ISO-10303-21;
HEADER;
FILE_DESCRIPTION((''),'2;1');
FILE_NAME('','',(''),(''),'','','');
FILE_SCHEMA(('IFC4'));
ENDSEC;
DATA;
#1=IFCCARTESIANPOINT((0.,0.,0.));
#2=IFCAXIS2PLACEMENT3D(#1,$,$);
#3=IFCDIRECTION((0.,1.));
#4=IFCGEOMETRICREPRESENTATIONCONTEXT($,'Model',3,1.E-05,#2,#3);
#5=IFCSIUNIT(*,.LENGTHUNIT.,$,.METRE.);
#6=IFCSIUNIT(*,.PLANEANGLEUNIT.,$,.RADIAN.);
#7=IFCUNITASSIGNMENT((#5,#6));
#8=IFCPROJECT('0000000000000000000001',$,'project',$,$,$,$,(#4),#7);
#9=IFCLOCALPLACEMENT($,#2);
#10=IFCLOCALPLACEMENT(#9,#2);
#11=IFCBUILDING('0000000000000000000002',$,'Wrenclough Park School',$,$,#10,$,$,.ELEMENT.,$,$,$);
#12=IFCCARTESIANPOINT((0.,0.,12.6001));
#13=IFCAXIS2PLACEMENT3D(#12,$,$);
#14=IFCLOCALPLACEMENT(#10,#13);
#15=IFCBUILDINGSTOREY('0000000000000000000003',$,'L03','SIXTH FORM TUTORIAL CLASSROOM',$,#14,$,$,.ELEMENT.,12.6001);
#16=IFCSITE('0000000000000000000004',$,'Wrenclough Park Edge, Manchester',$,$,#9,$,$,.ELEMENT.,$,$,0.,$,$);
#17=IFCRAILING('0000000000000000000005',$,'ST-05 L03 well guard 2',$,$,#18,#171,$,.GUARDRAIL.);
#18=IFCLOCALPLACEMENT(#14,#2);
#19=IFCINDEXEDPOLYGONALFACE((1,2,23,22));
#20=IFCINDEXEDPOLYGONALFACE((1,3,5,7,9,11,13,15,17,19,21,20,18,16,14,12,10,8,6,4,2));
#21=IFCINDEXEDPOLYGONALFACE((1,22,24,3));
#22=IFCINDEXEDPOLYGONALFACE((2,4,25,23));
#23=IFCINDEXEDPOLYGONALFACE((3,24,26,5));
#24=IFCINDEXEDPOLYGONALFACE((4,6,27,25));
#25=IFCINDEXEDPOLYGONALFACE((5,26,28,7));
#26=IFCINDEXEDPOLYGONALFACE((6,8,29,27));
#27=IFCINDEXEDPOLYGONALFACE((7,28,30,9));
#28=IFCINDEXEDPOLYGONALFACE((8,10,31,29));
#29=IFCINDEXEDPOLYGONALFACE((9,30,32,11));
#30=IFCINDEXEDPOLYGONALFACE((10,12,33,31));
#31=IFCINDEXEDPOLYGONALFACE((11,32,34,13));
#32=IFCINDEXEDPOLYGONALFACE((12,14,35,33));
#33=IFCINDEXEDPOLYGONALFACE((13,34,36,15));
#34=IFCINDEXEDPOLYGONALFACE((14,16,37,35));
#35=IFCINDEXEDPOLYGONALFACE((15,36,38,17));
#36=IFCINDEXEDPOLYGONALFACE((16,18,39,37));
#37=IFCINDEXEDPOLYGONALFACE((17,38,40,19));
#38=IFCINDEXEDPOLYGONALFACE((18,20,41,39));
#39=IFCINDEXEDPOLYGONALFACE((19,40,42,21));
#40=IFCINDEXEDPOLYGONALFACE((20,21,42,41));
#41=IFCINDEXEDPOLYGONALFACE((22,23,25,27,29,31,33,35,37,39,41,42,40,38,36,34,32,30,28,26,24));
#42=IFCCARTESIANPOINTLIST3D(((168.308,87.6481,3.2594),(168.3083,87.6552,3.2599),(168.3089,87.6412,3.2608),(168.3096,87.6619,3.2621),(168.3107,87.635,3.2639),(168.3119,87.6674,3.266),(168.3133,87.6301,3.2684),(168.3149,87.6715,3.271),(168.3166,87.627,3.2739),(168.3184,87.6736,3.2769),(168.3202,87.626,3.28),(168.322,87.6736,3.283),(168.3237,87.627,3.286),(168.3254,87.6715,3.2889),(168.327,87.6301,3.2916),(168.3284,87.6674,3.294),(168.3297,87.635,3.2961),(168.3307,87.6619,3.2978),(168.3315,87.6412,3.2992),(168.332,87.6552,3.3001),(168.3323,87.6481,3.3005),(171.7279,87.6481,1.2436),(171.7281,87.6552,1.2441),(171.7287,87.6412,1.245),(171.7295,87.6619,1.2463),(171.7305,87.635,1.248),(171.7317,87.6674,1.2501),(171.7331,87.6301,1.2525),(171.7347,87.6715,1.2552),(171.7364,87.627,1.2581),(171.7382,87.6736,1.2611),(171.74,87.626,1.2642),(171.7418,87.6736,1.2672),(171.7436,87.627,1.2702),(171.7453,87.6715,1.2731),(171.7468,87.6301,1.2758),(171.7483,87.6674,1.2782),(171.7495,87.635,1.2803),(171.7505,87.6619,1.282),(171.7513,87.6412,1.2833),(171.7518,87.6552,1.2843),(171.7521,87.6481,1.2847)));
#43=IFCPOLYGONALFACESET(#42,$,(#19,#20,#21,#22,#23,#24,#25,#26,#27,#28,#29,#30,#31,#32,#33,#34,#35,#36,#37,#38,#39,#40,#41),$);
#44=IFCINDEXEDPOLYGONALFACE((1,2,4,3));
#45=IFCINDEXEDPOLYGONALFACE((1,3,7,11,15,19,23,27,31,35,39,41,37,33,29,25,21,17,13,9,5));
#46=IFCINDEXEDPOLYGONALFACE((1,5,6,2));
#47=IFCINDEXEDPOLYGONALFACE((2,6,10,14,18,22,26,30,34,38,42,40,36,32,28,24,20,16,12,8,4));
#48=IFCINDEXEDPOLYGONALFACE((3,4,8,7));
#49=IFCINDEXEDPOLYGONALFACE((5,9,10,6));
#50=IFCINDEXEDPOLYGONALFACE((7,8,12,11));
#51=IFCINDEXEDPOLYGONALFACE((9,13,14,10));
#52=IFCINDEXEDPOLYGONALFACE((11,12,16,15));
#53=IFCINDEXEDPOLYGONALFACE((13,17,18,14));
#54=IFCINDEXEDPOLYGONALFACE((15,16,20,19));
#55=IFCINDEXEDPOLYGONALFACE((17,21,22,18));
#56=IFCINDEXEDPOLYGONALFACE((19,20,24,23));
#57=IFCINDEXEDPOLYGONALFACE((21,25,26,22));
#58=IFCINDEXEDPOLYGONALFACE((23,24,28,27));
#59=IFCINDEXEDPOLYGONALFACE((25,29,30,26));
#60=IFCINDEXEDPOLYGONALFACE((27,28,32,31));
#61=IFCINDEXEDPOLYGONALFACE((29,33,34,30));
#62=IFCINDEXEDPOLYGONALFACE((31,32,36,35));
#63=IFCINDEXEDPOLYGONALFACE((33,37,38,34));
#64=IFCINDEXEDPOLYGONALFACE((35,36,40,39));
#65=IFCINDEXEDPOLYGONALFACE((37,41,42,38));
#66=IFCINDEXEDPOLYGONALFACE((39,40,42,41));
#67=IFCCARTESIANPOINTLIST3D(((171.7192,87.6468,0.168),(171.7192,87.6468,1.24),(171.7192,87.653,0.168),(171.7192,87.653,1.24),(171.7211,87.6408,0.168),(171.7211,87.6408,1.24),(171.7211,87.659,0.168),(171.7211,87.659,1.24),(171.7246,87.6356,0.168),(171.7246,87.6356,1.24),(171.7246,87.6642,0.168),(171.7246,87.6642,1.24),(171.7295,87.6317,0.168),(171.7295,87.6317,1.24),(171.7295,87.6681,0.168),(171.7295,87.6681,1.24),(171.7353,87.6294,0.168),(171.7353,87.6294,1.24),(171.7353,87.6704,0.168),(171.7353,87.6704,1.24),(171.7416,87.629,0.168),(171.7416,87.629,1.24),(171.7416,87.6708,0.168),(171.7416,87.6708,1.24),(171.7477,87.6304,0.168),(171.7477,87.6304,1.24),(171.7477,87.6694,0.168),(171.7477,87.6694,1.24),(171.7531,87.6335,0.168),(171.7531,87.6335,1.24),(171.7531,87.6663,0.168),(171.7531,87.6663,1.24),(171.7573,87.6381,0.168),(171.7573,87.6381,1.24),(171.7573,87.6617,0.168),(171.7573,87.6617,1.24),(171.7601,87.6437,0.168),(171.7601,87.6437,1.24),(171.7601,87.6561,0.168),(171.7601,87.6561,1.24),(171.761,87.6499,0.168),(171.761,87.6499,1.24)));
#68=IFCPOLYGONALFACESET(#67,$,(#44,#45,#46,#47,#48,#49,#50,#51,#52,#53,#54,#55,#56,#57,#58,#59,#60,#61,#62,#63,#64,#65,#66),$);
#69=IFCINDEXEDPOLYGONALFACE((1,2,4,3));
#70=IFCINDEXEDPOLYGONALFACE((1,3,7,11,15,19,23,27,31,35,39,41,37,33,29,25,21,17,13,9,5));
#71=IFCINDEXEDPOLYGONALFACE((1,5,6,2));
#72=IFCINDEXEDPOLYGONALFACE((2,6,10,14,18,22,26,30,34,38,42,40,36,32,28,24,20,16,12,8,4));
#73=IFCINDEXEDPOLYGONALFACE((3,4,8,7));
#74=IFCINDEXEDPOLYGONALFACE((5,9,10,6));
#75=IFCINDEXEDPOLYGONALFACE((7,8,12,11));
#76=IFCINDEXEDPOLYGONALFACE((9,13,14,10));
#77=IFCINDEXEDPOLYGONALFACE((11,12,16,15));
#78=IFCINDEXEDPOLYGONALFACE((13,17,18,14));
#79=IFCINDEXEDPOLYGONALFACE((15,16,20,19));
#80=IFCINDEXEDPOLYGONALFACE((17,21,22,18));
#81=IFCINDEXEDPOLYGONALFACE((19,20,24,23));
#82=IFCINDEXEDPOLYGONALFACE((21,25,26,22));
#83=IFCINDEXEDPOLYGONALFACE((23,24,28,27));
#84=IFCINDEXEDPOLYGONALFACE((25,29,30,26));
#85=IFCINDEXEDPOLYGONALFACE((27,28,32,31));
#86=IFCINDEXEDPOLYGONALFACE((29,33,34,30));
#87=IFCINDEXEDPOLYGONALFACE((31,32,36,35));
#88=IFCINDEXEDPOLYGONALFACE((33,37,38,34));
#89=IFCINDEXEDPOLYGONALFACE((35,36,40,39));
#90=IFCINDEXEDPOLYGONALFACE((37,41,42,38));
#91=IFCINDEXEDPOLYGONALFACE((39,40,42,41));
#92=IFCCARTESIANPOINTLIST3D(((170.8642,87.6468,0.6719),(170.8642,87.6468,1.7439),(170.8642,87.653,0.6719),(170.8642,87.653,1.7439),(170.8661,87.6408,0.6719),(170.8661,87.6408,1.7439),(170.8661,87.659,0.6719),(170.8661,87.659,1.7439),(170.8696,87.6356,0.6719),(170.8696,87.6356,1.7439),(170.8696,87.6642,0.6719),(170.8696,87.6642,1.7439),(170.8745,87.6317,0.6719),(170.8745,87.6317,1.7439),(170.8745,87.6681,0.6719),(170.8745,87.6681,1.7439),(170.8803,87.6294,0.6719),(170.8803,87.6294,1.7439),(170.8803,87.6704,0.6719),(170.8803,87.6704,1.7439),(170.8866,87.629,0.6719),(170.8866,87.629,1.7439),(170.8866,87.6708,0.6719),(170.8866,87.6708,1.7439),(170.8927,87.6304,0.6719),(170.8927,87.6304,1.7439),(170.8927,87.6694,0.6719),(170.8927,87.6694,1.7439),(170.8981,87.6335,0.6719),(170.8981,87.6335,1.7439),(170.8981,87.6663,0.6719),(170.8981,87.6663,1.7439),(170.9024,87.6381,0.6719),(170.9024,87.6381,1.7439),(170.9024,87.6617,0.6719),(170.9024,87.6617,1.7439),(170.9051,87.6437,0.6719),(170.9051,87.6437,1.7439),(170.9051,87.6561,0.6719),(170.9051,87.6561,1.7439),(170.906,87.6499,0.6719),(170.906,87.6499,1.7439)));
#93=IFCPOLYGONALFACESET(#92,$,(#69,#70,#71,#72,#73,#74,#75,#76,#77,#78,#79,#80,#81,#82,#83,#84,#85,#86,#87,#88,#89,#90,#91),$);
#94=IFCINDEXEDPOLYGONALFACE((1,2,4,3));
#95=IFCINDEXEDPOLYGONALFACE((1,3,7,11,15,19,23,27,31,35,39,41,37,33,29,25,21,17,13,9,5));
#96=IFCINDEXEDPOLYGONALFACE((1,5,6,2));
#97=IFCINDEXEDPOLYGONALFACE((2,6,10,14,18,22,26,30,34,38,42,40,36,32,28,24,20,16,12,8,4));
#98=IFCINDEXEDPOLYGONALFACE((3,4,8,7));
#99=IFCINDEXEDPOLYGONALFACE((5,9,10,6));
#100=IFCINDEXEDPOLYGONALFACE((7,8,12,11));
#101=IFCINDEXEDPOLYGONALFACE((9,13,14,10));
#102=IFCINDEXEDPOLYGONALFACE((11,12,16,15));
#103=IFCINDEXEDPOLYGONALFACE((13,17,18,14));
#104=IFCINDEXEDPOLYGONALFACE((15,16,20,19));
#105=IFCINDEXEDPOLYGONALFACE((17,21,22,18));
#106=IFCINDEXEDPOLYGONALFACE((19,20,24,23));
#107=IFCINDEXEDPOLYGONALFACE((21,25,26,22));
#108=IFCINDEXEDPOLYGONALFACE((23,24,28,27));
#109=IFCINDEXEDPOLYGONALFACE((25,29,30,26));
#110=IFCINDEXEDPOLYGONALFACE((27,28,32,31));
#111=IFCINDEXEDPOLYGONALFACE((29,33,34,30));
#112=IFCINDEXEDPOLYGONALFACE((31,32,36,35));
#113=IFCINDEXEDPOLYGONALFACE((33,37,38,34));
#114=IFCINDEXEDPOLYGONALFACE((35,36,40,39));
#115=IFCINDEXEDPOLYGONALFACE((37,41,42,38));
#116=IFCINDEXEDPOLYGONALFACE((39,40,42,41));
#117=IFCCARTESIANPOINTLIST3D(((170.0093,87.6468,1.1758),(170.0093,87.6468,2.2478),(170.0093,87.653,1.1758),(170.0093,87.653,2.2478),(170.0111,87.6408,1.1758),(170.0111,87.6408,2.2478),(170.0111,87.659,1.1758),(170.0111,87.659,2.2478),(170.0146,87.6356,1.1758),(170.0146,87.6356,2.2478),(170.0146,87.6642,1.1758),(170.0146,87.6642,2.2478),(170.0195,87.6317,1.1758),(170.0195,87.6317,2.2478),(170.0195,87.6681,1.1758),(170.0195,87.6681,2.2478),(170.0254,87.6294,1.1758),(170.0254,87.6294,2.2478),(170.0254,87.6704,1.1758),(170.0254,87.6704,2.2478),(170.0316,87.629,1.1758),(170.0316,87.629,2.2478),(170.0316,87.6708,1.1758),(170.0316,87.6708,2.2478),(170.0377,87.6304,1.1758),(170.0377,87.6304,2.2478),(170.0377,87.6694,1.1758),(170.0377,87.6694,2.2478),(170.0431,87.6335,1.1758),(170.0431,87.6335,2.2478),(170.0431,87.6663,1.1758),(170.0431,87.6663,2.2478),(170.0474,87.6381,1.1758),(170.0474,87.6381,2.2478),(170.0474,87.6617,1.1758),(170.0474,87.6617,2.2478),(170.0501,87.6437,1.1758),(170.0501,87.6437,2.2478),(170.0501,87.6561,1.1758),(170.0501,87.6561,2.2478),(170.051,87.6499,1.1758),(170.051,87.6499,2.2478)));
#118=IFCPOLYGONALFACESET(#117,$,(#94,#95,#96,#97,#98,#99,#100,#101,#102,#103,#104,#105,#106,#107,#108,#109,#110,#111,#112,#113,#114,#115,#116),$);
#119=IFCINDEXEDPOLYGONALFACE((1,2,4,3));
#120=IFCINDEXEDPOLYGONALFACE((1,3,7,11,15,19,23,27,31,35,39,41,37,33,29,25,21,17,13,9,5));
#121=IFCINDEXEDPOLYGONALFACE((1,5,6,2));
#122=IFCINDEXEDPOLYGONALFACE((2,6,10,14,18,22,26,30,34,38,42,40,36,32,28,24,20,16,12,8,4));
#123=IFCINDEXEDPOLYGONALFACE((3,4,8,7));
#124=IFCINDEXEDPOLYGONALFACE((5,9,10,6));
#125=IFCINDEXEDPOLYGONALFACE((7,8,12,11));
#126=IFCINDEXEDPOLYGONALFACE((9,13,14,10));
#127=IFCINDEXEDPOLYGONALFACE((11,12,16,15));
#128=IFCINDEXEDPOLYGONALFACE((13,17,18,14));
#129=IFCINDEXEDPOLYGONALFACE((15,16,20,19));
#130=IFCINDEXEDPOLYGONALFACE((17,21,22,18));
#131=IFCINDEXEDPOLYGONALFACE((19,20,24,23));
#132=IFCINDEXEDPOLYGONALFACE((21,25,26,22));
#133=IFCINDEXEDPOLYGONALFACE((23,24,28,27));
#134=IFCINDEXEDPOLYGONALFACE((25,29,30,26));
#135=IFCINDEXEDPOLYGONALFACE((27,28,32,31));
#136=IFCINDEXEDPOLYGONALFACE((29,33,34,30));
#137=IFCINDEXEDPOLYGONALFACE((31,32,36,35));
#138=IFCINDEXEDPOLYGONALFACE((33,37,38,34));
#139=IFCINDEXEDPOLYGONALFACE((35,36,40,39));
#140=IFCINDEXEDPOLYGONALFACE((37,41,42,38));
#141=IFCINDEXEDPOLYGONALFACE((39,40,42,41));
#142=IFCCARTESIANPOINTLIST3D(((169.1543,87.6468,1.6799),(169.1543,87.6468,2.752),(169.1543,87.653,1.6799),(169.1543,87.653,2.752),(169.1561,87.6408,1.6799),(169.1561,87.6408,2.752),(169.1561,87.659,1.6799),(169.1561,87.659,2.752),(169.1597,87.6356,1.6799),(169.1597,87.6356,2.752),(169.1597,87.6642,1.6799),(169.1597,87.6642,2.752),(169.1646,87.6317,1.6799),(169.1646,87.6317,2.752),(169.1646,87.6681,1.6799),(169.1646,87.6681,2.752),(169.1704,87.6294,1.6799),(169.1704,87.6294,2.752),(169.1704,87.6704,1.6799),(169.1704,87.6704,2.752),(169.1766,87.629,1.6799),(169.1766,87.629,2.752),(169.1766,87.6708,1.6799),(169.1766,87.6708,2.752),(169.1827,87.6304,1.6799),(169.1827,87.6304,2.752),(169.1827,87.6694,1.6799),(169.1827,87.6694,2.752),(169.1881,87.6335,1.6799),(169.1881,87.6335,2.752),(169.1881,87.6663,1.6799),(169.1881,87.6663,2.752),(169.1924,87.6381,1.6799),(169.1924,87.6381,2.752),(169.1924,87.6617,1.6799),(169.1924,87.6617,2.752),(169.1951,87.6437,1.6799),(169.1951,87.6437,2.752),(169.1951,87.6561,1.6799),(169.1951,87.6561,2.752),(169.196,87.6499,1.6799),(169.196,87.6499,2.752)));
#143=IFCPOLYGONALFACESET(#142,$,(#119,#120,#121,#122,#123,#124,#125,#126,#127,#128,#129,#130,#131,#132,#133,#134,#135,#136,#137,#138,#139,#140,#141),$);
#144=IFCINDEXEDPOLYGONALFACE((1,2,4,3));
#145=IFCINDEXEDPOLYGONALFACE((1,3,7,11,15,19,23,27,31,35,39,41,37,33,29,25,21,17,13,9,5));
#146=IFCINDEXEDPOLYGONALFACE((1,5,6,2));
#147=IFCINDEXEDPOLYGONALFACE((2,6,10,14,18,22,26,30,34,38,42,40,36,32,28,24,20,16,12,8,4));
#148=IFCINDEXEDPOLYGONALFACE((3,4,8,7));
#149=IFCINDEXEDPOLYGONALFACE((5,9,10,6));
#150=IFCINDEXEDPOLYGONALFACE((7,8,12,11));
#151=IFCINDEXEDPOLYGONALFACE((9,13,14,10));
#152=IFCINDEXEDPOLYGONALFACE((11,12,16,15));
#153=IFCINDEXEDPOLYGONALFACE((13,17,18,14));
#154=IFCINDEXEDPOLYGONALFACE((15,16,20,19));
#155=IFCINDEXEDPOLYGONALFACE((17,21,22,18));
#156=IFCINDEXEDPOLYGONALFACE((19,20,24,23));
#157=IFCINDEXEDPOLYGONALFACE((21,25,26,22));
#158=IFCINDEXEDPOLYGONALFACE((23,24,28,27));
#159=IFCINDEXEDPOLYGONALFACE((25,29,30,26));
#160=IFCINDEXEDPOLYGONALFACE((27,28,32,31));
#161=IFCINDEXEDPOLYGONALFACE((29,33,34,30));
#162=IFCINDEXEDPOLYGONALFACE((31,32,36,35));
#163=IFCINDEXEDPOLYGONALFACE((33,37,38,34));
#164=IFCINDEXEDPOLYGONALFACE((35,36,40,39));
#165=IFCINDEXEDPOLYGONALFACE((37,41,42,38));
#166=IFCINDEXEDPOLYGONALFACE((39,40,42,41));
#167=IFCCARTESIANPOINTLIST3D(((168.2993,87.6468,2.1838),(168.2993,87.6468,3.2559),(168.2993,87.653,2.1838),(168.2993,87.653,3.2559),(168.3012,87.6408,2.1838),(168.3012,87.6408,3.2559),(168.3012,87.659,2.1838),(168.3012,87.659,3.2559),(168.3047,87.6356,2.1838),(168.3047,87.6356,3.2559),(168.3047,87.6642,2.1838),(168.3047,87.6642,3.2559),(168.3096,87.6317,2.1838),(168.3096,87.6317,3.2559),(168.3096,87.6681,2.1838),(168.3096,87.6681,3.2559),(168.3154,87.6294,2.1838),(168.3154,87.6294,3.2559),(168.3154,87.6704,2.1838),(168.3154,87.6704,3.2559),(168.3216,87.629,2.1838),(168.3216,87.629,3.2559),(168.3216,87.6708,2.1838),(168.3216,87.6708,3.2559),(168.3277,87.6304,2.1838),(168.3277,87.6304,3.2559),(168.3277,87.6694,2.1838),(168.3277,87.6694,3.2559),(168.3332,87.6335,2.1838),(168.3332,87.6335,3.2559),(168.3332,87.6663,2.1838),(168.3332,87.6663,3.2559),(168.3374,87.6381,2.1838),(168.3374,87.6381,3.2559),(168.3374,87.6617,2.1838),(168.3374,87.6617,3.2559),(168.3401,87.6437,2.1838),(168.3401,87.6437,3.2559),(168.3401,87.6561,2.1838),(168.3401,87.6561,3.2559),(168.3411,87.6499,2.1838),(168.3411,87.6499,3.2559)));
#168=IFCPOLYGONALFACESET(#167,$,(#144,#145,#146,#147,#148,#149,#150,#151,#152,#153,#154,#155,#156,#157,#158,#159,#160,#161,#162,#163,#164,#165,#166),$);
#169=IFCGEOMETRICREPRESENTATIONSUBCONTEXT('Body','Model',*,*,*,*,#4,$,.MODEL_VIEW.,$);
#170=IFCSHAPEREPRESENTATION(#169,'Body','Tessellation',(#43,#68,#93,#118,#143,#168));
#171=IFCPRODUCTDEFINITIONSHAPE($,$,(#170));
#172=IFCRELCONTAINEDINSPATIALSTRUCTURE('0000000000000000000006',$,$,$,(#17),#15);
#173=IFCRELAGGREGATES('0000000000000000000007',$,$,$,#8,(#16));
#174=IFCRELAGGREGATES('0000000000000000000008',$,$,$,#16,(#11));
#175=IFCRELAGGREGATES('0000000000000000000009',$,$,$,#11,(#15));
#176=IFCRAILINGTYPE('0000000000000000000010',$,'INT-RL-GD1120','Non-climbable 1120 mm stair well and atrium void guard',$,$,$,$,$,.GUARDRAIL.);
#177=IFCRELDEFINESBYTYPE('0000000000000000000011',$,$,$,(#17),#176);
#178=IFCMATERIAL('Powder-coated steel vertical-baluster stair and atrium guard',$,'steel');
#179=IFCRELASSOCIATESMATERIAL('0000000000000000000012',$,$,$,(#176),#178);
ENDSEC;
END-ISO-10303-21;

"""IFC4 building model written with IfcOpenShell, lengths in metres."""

from ifc_helpers import new_model, si_unit, direction, frame, origin, origin_2d, place, context, subcontext, project, spatial, circle, extrude, material, type_object, element, save


model = new_model("IFC4")

# Units and contexts
model_context = context("Model", 3, precision=1e-05, world=origin(), true_north=direction((0.0, 1.0)))
body_context = subcontext(model_context, "Body", "Model", "MODEL_VIEW")
ifc_project = project(units=[si_unit("LENGTHUNIT", "METRE"), si_unit("PLANEANGLEUNIT", "RADIAN")], contexts=[model_context])

# Site, building, storey
site_placement = place(None, origin())
site = spatial("IfcSite", under=ifc_project, at=site_placement, Name="Wrenclough Park Edge, Manchester", CompositionType="ELEMENT", RefElevation=0.0)
building_placement = place(site_placement, origin())
building = spatial("IfcBuilding", under=site, at=building_placement, Name="Wrenclough Park School", CompositionType="ELEMENT")
storey_placement = place(building_placement, frame((0.0, 0.0, 12.6001)))
storey = spatial("IfcBuildingStorey", under=building, at=storey_placement, Name="L03", Description="SIXTH FORM TUTORIAL CLASSROOM", CompositionType="ELEMENT", Elevation=12.6001)

# Railing
ifc_material_1 = material(Name="Powder-coated steel vertical-baluster stair and atrium guard", Category="steel")
railing_type_1 = type_object("IfcRailingType", Name="INT-RL-GD1120", Description="Non-climbable 1120 mm stair well and atrium void guard", PredefinedType="GUARDRAIL", material=ifc_material_1)
railing_1_placement = place(storey_placement, frame((171.74, 87.6499, 0.168)))
element("IfcRailing", 1, at=railing_1_placement, inside=storey, type_object=railing_type_1, Name="ST-05 L03 well guard 2", PredefinedType="GUARDRAIL", context=body_context, shape_type="SweptSolid", body=[
    extrude(circle(Radius=0.0239, at=origin_2d()), frame((0.0, 0.0, 1.0962), z_axis=(-0.861477, 0.0, 0.507797), x_axis=(0.0, -1.0, 0.0)), (0.0, 0.0, 1.0), 3.9697),
    extrude(circle(Radius=0.021, at=origin_2d()), origin(), (0.0, 0.0, 1.0), 1.072),
    extrude(circle(Radius=0.021, at=origin_2d()), frame((-0.855, 0.0, 0.5039)), (0.0, 0.0, 1.0), 1.072),
    extrude(circle(Radius=0.021, at=origin_2d()), frame((-1.71, 0.0, 1.0078)), (0.0, 0.0, 1.0), 1.072),
    extrude(circle(Radius=0.021, at=origin_2d()), frame((-2.5649, 0.0, 1.512)), (0.0, 0.0, 1.0), 1.072),
    extrude(circle(Radius=0.021, at=origin_2d()), frame((-3.4199, 0.0, 2.0159)), (0.0, 0.0, 1.0), 1.072),
])

save(model, "model.ifc")
